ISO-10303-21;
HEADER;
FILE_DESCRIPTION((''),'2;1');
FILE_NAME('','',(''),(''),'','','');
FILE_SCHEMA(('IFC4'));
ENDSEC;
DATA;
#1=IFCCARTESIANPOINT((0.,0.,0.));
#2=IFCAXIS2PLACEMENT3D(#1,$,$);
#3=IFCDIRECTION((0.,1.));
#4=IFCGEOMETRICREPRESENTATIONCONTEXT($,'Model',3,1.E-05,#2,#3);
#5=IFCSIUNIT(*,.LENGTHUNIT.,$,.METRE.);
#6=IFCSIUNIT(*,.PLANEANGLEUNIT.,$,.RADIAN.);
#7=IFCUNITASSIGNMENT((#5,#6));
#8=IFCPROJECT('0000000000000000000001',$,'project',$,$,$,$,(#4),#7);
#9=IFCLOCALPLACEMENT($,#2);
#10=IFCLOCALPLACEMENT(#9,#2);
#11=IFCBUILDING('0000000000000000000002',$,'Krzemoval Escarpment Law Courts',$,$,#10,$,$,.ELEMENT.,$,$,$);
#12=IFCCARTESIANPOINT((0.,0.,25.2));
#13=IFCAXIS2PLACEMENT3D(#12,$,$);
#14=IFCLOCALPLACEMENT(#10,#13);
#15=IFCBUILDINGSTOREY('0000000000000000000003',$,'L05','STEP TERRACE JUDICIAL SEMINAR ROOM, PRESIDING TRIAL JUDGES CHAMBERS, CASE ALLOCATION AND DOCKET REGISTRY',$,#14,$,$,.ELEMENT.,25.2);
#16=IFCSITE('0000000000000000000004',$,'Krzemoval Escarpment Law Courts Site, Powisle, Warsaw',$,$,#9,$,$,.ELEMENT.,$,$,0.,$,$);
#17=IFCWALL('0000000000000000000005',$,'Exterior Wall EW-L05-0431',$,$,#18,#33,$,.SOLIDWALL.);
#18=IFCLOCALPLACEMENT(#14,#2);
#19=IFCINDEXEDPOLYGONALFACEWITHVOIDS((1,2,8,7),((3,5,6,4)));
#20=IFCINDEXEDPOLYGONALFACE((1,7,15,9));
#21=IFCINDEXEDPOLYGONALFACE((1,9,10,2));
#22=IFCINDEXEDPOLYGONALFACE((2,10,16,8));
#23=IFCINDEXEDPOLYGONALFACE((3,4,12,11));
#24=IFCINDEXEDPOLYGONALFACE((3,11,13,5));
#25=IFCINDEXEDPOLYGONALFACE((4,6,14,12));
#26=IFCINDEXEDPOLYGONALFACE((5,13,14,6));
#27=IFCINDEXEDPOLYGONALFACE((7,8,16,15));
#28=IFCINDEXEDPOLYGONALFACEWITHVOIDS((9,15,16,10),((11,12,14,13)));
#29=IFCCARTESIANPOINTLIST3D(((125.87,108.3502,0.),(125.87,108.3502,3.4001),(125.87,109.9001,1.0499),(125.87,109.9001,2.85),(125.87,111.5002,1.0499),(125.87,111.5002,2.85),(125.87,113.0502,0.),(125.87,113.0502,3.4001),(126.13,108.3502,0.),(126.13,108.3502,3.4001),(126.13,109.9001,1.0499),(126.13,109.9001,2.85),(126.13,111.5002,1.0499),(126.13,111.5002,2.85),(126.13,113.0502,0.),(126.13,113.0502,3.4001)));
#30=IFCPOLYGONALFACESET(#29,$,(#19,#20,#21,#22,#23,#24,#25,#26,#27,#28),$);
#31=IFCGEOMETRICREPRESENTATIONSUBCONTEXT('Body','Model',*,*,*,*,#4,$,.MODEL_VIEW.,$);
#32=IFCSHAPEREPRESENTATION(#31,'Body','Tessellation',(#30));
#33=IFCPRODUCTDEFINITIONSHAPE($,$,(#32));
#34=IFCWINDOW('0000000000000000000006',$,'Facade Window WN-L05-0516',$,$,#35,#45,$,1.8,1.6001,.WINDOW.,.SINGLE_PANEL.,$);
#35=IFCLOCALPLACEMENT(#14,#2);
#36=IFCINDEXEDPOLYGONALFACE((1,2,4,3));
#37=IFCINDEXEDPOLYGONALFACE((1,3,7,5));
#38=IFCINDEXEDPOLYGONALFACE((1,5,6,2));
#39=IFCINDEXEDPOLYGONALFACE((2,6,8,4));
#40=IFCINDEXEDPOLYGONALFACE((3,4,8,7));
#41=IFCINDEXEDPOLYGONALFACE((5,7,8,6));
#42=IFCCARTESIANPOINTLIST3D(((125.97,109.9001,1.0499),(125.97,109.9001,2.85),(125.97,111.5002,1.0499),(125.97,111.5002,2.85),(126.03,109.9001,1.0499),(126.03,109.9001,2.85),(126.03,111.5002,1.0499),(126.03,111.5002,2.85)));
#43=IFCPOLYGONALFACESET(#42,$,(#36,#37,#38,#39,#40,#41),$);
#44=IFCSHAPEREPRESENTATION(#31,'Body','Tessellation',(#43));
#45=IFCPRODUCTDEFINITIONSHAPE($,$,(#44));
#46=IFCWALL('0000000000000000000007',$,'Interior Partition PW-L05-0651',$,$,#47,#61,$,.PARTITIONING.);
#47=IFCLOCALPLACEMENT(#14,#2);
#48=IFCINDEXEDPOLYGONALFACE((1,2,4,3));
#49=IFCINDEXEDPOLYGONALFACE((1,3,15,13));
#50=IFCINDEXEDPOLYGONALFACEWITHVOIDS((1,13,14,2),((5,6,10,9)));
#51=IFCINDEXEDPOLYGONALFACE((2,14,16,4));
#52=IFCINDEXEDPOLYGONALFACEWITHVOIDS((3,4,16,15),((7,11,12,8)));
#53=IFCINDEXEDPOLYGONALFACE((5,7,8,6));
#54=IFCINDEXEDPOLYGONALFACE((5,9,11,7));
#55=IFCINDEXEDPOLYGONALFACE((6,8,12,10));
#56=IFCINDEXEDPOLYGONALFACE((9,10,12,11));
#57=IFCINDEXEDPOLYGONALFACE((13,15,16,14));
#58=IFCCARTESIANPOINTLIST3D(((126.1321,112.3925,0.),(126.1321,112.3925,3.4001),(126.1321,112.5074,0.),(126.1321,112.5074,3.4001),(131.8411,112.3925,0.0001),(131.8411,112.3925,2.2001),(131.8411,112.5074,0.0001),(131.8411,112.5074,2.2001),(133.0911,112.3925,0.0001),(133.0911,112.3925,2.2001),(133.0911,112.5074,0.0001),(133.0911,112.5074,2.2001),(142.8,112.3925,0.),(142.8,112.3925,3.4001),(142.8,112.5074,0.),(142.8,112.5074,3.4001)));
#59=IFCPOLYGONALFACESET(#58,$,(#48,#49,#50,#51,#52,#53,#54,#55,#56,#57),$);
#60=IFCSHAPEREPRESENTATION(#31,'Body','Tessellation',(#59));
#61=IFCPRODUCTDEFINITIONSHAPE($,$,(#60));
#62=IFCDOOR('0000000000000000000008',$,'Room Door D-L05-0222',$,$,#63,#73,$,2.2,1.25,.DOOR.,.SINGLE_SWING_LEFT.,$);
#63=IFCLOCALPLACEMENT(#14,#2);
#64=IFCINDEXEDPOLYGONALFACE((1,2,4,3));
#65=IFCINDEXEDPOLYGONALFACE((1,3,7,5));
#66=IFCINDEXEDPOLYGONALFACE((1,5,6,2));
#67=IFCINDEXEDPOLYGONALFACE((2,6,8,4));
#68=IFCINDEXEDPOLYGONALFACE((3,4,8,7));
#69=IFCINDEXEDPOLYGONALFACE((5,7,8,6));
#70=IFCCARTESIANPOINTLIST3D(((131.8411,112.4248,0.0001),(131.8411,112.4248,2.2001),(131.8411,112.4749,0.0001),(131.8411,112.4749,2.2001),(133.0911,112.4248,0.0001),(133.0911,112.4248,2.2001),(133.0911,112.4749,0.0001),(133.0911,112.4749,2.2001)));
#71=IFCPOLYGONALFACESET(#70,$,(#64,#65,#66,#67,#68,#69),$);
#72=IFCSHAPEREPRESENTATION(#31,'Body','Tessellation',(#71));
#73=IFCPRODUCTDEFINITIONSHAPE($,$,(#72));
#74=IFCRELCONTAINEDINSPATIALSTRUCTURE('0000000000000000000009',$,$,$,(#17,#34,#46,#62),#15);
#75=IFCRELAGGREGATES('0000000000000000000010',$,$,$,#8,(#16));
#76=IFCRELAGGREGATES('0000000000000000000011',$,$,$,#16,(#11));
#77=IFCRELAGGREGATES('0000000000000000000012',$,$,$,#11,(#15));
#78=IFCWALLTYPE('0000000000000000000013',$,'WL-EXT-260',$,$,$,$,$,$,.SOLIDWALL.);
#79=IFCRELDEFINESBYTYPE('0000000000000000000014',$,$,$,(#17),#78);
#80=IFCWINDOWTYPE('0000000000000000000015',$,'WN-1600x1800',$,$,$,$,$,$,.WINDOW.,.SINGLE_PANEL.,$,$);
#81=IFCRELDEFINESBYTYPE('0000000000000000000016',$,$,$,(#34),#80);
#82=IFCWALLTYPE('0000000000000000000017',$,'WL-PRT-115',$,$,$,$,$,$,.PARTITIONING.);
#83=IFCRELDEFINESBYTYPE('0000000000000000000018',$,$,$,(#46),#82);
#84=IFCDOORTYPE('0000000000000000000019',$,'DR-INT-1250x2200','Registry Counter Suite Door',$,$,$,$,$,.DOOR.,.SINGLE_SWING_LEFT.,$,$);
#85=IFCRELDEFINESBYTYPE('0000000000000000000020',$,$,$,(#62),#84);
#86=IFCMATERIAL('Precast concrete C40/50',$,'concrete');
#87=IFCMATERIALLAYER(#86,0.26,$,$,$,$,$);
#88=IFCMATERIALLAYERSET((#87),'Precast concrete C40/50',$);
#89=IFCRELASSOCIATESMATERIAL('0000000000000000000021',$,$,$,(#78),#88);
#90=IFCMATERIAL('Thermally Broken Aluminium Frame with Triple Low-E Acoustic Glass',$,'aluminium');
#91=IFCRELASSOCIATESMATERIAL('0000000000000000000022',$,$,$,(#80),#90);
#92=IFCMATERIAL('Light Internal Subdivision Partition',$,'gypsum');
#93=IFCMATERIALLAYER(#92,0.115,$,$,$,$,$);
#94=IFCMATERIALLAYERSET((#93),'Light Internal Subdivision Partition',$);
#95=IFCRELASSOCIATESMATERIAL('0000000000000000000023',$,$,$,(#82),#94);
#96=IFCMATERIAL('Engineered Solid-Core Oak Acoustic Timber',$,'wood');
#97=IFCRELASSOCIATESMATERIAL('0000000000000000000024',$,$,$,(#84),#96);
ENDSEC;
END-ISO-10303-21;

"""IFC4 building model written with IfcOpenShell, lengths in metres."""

from ifc_helpers import new_model, si_unit, direction, frame, frame_2d, origin, place, context, subcontext, project, spatial, rectangle, extrude, material, layer, layer_set, type_object, element, fill, save


model = new_model("IFC4")

# Units and contexts
model_context = context("Model", 3, precision=1e-05, world=origin(), true_north=direction((0.0, 1.0)))
body_context = subcontext(model_context, "Body", "Model", "MODEL_VIEW")
ifc_project = project(units=[si_unit("LENGTHUNIT", "METRE"), si_unit("PLANEANGLEUNIT", "RADIAN")], contexts=[model_context])

# Site, building, storey
site_placement = place(None, origin())
site = spatial("IfcSite", under=ifc_project, at=site_placement, Name="Krzemoval Escarpment Law Courts Site, Powisle, Warsaw", CompositionType="ELEMENT", RefElevation=0.0)
building_placement = place(site_placement, origin())
building = spatial("IfcBuilding", under=site, at=building_placement, Name="Krzemoval Escarpment Law Courts", CompositionType="ELEMENT")
storey_placement = place(building_placement, frame((0.0, 0.0, 25.2)))
storey = spatial("IfcBuildingStorey", under=building, at=storey_placement, Name="L05", Description="STEP TERRACE JUDICIAL SEMINAR ROOM, PRESIDING TRIAL JUDGES CHAMBERS, CASE ALLOCATION AND DOCKET REGISTRY", CompositionType="ELEMENT", Elevation=25.2)

# Wall, opening, window
ifc_material_1 = material(Name="Precast concrete C40/50", Category="concrete")
ifc_layer_1 = layer(ifc_material_1, 0.26)
ifc_layer_set_1 = layer_set([ifc_layer_1], Name="Precast concrete C40/50")
wall_type_1 = type_object("IfcWallType", Name="WL-EXT-260", PredefinedType="SOLIDWALL", material=ifc_layer_set_1)
wall_1_placement = place(storey_placement, frame((126.0, 108.3501, 0.0), z_axis=(0.0, 0.0, 1.0), x_axis=(0.0, 1.0, 0.0)))
wall_1 = element("IfcWall", 1, at=wall_1_placement, inside=storey, type_object=wall_type_1, Name="Exterior Wall EW-L05-0431", PredefinedType="SOLIDWALL", context=body_context, shape_type="SweptSolid", body=[
    extrude(rectangle(XDim=4.7, YDim=0.26, at=frame_2d((2.3501, 0.0))), origin(), (0.0, 0.0, 1.0), 3.4001),
])
opening_1_placement = place(wall_1_placement, frame((1.55, 0.0, 1.05)))
opening_1 = element("IfcOpeningElement", 2, at=opening_1_placement, cuts=wall_1, PredefinedType="OPENING", context=body_context, shape_type="SweptSolid", body=[
    extrude(rectangle(XDim=1.6001, YDim=1.8, at=frame_2d((0.8, 0.8999))), frame((0.0, 0.145, 0.0), z_axis=(0.0, -1.0, 0.0), x_axis=(1.0, 0.0, 0.0)), (0.0, 0.0, 1.0), 0.29),
])
ifc_material_2 = material(Name="Thermally Broken Aluminium Frame with Triple Low-E Acoustic Glass", Category="aluminium")
window_type = type_object("IfcWindowType", Name="WN-1600x1800", PartitioningType="SINGLE_PANEL", PredefinedType="WINDOW", material=ifc_material_2)
window_placement = place(opening_1_placement, origin())
window = element("IfcWindow", 3, at=window_placement, inside=storey, type_object=window_type, Name="Facade Window WN-L05-0516", OverallHeight=1.8, OverallWidth=1.6001, PartitioningType="SINGLE_PANEL", PredefinedType="WINDOW", context=body_context, shape_type="SweptSolid", body=[
    extrude(rectangle(XDim=1.6001, YDim=1.8, at=frame_2d((0.8, 0.8999))), frame((0.0, 0.03, 0.0), z_axis=(0.0, -1.0, 0.0), x_axis=(1.0, 0.0, 0.0)), (0.0, 0.0, 1.0), 0.0601),
])
fill(opening_1, window)

# Wall, opening, door
ifc_material_3 = material(Name="Light Internal Subdivision Partition", Category="gypsum")
ifc_layer_2 = layer(ifc_material_3, 0.115)
ifc_layer_set_2 = layer_set([ifc_layer_2], Name="Light Internal Subdivision Partition")
wall_type_2 = type_object("IfcWallType", Name="WL-PRT-115", PredefinedType="PARTITIONING", material=ifc_layer_set_2)
wall_2_placement = place(storey_placement, frame((126.1321, 112.45, 0.0), z_axis=(0.0, 0.0, 1.0), x_axis=(1.0, 0.0, 0.0)))
wall_2 = element("IfcWall", 4, at=wall_2_placement, inside=storey, type_object=wall_type_2, Name="Interior Partition PW-L05-0651", PredefinedType="PARTITIONING", context=body_context, shape_type="SweptSolid", body=[
    extrude(rectangle(XDim=16.668, YDim=0.115, at=frame_2d((8.334, 0.0))), origin(), (0.0, 0.0, 1.0), 3.4001),
])
opening_2_placement = place(wall_2_placement, frame((5.709, 0.0, 0.0)))
opening_2 = element("IfcOpeningElement", 5, at=opening_2_placement, cuts=wall_2, PredefinedType="OPENING", context=body_context, shape_type="SweptSolid", body=[
    extrude(rectangle(XDim=1.25, YDim=2.2, at=frame_2d((0.625, 1.1001))), frame((0.0, 0.0725, 0.0), z_axis=(0.0, -1.0, 0.0), x_axis=(1.0, 0.0, 0.0)), (0.0, 0.0, 1.0), 0.145),
])
ifc_material_4 = material(Name="Engineered Solid-Core Oak Acoustic Timber", Category="wood")
door_type = type_object("IfcDoorType", Name="DR-INT-1250x2200", Description="Registry Counter Suite Door", OperationType="SINGLE_SWING_LEFT", PredefinedType="DOOR", material=ifc_material_4)
door_placement = place(opening_2_placement, origin())
door = element("IfcDoor", 6, at=door_placement, inside=storey, type_object=door_type, Name="Room Door D-L05-0222", OperationType="SINGLE_SWING_LEFT", OverallHeight=2.2, OverallWidth=1.25, PredefinedType="DOOR", context=body_context, shape_type="SweptSolid", body=[
    extrude(rectangle(XDim=1.25, YDim=2.2, at=frame_2d((0.625, 1.1001))), frame((0.0, 0.0249, 0.0), z_axis=(0.0, -1.0, 0.0), x_axis=(1.0, 0.0, 0.0)), (0.0, 0.0, 1.0), 0.05),
])
fill(opening_2, door)

save(model, "model.ifc")
